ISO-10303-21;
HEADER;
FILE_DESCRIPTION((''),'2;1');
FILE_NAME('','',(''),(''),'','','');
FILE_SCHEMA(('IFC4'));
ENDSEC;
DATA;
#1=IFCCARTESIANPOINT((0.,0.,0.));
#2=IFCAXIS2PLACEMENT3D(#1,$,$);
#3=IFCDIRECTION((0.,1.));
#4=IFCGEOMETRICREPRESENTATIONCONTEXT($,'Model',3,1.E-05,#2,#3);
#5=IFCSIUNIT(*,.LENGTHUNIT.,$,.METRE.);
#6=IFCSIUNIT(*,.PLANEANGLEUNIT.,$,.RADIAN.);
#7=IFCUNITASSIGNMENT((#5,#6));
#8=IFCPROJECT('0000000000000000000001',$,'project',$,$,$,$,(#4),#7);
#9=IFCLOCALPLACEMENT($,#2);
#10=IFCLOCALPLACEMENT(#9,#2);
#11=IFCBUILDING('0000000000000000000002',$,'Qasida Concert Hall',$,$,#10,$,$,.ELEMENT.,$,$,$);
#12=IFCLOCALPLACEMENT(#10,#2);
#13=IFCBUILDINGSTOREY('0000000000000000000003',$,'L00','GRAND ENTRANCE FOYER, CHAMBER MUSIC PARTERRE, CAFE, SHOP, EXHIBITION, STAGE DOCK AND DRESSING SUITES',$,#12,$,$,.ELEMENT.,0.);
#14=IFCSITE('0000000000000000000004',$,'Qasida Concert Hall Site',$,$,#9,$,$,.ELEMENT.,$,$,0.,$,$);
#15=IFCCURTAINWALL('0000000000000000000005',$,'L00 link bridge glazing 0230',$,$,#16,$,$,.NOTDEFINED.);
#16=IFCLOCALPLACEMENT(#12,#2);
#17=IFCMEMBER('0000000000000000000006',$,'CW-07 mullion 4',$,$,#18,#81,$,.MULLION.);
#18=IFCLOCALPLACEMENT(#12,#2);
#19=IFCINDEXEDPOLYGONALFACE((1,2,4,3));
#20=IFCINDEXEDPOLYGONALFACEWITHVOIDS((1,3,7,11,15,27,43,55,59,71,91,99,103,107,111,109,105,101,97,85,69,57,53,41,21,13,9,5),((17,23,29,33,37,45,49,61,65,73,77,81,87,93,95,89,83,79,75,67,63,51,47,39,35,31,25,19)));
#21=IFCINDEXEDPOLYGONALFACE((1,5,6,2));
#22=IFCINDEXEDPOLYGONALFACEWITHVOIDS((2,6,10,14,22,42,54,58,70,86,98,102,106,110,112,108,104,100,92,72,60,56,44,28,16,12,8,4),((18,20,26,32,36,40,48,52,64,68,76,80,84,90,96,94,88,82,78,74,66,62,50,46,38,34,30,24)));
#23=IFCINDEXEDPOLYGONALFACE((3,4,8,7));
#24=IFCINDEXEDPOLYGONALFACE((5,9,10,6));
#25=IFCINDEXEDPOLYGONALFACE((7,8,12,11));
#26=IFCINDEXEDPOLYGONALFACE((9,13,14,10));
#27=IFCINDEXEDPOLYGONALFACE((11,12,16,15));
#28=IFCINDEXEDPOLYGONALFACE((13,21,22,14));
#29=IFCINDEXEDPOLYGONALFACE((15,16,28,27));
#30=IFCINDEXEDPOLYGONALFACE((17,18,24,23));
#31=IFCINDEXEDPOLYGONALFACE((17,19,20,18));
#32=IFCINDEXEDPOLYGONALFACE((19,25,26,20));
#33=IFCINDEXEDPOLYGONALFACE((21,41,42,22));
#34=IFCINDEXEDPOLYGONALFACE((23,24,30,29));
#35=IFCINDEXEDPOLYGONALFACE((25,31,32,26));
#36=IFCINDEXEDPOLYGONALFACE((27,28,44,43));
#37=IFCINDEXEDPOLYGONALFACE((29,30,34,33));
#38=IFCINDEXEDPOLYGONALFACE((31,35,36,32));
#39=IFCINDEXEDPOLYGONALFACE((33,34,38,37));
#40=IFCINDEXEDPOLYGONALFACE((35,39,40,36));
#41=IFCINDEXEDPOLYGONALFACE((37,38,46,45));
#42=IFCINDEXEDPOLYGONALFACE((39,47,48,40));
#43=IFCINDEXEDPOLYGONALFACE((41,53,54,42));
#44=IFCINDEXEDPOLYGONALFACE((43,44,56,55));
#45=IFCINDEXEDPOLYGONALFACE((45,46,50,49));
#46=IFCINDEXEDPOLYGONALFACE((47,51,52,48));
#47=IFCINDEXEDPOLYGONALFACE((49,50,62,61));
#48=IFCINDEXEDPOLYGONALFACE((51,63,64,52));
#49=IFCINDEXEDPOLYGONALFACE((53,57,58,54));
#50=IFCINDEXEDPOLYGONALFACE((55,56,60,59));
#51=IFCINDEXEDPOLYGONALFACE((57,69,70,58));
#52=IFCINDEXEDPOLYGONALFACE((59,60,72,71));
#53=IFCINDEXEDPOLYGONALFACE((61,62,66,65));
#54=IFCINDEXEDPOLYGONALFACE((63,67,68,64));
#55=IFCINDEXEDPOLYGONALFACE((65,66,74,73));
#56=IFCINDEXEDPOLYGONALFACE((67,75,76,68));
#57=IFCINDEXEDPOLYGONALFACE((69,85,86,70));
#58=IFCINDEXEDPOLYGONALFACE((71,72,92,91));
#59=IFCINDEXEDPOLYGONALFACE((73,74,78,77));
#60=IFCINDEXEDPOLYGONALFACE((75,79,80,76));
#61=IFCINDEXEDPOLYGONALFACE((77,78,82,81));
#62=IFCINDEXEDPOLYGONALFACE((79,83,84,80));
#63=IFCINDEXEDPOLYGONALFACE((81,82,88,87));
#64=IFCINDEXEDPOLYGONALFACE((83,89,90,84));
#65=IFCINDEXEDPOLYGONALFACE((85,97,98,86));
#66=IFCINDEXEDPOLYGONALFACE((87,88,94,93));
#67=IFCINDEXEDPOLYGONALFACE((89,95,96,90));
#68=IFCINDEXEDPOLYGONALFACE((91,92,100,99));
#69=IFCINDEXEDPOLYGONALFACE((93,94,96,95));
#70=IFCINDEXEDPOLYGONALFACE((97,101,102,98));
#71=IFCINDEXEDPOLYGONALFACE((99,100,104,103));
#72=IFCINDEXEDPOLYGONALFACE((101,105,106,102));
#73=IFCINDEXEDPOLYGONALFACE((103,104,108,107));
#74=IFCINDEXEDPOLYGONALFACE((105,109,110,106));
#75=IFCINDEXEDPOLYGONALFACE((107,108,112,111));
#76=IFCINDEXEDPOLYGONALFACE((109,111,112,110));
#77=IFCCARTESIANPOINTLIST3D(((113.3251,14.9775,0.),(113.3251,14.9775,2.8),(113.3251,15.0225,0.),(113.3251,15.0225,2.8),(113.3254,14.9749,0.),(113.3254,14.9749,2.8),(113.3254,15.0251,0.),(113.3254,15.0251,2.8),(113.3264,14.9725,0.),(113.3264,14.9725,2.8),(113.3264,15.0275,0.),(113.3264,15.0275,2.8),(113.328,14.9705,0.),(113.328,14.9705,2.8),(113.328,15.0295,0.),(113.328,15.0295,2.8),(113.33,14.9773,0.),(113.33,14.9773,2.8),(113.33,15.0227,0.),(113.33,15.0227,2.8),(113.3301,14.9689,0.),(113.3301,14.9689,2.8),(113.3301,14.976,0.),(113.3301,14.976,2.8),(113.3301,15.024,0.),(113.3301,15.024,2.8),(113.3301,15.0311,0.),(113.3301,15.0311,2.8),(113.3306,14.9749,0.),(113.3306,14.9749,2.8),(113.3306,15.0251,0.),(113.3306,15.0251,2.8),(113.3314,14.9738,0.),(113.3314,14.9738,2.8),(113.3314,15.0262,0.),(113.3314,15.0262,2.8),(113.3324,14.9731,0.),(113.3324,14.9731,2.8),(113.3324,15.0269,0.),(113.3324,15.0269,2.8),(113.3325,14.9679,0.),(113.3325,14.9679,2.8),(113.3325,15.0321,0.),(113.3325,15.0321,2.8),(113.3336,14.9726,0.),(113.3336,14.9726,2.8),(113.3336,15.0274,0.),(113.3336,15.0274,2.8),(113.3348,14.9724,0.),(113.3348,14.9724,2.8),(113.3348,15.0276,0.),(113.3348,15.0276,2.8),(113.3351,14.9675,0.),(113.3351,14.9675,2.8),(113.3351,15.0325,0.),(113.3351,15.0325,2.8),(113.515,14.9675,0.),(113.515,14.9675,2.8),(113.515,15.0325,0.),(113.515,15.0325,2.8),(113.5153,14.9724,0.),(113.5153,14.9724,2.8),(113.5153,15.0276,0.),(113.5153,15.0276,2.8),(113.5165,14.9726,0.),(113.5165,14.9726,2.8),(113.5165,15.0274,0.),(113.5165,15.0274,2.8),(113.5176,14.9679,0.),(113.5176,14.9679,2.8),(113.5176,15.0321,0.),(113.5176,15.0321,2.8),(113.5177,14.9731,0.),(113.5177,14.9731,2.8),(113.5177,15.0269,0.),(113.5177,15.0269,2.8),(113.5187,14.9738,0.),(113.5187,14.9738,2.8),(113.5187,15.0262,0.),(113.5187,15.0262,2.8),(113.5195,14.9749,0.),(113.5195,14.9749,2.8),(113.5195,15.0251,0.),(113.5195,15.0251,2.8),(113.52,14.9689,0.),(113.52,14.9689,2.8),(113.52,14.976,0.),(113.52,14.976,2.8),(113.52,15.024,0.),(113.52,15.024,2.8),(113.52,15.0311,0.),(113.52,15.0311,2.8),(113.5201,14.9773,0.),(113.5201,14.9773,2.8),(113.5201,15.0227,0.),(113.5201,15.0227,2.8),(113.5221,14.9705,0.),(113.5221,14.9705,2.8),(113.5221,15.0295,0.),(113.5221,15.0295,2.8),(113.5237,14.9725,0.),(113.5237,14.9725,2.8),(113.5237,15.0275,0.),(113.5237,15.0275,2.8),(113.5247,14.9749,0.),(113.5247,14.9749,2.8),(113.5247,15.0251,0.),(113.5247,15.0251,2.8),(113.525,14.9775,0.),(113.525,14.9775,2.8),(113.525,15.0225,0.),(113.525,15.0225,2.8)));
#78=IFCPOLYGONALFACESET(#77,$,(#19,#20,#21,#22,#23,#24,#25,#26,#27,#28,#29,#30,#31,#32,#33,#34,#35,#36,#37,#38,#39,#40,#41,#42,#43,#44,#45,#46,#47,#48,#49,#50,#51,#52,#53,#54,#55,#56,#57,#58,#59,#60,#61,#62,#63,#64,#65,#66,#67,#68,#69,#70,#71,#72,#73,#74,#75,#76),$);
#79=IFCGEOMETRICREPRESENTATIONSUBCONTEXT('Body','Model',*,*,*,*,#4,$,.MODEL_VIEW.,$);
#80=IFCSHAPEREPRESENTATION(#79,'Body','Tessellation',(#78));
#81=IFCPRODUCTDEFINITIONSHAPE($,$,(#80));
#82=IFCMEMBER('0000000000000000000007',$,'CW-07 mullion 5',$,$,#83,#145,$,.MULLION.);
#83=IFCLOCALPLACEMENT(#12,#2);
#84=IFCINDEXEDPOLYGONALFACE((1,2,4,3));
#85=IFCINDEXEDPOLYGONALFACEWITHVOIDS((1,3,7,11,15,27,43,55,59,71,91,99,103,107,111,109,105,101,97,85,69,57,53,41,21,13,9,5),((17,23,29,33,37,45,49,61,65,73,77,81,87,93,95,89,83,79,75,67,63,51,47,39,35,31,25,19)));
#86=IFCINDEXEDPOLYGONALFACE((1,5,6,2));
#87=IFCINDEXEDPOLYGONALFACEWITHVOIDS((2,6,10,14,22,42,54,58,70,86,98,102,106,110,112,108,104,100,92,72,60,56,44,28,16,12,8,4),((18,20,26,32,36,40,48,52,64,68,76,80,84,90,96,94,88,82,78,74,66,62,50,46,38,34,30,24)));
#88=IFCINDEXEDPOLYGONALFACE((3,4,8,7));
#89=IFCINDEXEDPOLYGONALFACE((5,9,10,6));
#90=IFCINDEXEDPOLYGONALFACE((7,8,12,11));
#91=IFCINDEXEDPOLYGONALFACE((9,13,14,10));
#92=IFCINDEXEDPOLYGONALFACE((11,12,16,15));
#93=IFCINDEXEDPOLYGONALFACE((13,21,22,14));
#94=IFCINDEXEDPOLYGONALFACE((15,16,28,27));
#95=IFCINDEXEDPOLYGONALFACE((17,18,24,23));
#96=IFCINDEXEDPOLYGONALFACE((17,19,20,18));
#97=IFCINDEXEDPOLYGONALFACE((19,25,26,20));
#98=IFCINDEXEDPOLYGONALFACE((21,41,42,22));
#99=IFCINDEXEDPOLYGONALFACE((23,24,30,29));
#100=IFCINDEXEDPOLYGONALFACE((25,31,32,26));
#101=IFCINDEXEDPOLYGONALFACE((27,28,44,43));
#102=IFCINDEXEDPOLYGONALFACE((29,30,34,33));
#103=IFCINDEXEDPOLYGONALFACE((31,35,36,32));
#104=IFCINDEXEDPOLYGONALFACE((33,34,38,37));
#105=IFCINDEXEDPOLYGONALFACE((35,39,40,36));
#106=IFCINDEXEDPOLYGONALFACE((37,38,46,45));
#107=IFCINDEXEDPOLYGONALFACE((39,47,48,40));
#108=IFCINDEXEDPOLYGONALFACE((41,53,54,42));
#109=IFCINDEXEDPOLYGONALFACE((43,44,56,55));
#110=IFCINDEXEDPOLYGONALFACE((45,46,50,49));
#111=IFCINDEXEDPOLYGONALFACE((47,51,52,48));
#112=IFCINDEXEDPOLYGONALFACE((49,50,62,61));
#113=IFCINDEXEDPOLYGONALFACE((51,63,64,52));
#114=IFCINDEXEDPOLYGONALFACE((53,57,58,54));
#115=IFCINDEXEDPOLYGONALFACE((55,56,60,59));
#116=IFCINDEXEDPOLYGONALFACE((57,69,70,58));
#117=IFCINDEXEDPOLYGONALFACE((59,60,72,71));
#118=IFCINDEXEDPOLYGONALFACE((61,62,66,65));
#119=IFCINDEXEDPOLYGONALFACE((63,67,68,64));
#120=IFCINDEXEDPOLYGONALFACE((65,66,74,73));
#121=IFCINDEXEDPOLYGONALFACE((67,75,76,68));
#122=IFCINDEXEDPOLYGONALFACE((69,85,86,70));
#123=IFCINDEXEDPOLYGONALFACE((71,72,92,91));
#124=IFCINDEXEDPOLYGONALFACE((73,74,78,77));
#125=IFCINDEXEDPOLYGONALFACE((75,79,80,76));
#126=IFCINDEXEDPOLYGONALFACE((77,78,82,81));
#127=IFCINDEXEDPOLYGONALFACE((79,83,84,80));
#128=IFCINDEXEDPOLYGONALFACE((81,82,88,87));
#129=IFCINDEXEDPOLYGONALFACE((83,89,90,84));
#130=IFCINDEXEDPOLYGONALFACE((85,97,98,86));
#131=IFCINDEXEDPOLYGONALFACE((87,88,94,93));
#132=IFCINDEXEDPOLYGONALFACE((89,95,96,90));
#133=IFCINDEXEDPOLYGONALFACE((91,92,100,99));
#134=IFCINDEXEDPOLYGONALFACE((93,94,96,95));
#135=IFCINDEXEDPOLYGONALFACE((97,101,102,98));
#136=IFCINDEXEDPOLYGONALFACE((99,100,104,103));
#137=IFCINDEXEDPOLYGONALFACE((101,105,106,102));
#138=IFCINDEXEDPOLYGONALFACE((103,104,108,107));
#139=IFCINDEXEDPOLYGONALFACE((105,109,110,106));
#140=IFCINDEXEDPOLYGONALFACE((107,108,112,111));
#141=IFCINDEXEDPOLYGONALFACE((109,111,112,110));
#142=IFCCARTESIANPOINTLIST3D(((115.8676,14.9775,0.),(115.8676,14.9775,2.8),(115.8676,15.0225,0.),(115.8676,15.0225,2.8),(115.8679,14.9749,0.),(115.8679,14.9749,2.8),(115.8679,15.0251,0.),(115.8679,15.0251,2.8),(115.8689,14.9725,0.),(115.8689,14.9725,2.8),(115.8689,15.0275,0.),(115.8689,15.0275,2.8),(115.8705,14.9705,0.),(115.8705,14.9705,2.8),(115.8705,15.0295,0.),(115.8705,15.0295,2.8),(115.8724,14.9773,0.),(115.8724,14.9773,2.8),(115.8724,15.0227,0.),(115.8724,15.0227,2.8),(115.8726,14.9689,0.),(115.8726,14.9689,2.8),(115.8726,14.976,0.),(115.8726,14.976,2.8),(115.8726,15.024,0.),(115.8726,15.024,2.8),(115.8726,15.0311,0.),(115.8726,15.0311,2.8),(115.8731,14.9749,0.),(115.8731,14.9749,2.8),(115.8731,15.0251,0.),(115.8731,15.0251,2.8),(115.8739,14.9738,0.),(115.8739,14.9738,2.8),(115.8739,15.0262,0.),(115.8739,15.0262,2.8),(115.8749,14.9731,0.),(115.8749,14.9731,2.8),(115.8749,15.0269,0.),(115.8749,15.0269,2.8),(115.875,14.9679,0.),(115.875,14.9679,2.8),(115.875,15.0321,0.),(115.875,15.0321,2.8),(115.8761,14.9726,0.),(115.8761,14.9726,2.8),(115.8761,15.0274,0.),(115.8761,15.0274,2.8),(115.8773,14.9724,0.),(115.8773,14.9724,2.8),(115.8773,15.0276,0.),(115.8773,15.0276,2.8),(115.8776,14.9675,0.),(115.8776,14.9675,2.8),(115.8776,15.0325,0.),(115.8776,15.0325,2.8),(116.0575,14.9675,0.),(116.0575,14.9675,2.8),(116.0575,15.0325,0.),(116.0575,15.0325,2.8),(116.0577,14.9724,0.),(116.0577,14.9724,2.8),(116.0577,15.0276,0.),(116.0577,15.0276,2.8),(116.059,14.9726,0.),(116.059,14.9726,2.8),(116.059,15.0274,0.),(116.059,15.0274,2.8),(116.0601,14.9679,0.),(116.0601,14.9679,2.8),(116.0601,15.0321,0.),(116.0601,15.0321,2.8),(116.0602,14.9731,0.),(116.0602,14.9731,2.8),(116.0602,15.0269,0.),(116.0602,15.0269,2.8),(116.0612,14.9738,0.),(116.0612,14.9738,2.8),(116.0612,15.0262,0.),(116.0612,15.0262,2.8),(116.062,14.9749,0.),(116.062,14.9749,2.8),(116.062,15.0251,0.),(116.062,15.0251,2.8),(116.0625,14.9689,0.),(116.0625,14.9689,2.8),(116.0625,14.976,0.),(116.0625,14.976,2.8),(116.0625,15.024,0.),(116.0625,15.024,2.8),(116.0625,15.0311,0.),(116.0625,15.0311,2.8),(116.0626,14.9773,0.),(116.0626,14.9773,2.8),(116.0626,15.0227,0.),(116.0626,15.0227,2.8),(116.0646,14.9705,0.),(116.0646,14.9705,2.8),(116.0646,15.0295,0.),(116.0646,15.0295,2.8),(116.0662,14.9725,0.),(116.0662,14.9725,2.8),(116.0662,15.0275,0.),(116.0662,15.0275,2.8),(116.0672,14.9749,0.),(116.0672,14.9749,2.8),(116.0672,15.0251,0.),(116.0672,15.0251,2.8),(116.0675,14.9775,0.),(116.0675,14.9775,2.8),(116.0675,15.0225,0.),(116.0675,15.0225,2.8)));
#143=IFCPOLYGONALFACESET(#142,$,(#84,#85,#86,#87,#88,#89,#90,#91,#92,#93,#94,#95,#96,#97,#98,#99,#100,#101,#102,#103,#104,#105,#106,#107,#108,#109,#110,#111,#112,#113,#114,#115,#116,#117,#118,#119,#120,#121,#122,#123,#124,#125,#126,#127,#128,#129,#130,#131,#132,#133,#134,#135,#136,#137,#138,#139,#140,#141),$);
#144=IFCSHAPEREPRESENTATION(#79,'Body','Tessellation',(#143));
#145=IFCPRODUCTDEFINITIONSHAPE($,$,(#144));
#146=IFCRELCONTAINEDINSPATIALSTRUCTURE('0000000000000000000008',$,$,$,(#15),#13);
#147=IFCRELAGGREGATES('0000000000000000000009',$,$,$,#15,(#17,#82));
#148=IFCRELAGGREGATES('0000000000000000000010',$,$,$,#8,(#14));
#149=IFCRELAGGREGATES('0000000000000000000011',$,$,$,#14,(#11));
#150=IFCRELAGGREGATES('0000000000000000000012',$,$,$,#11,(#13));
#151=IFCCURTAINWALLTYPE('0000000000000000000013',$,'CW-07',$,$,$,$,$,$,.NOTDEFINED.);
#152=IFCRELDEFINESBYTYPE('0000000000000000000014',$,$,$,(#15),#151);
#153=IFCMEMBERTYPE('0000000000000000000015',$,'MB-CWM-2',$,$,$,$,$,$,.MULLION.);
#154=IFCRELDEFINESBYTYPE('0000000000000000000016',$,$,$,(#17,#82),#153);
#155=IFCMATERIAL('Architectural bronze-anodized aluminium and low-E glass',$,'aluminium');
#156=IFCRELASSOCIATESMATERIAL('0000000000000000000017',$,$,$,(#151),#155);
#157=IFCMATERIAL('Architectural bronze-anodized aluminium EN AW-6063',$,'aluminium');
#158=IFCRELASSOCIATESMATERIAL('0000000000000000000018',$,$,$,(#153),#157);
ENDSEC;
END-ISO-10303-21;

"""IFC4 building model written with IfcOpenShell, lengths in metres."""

from ifc_helpers import new_model, si_unit, direction, frame, origin, origin_2d, place, context, subcontext, project, spatial, hollow_rectangle, extrude, material, material_profile, profile_set, type_object, element, aggregate, save


model = new_model("IFC4")

# Units and contexts
model_context = context("Model", 3, precision=1e-05, world=origin(), true_north=direction((0.0, 1.0)))
body_context = subcontext(model_context, "Body", "Model", "MODEL_VIEW")
ifc_project = project(units=[si_unit("LENGTHUNIT", "METRE"), si_unit("PLANEANGLEUNIT", "RADIAN")], contexts=[model_context])

# Site, building, storey
site_placement = place(None, origin())
site = spatial("IfcSite", under=ifc_project, at=site_placement, Name="Qasida Concert Hall Site", CompositionType="ELEMENT", RefElevation=0.0)
building_placement = place(site_placement, origin())
building = spatial("IfcBuilding", under=site, at=building_placement, Name="Qasida Concert Hall", CompositionType="ELEMENT")
storey_placement = place(building_placement, origin())
storey = spatial("IfcBuildingStorey", under=building, at=storey_placement, Name="L00", Description="GRAND ENTRANCE FOYER, CHAMBER MUSIC PARTERRE, CAFE, SHOP, EXHIBITION, STAGE DOCK AND DRESSING SUITES", CompositionType="ELEMENT", Elevation=0.0)

# Curtain wall, members
ifc_material_1 = material(Name="Architectural bronze-anodized aluminium and low-E glass", Category="aluminium")
curtain_wall_type = type_object("IfcCurtainWallType", Name="CW-07", PredefinedType="NOTDEFINED", material=ifc_material_1)
curtain_wall_1_placement = place(storey_placement, origin())
curtain_wall_1 = element("IfcCurtainWall", 1, at=curtain_wall_1_placement, inside=storey, type_object=curtain_wall_type, Name="L00 link bridge glazing 0230", PredefinedType="NOTDEFINED")
ifc_material_2 = material(Name="Architectural bronze-anodized aluminium EN AW-6063", Category="aluminium")
ifc_material_profile_1 = material_profile(ifc_material_2, hollow_rectangle(XDim=0.0649, YDim=0.2, WallThickness=0.0049, InnerFilletRadius=0.0049, OuterFilletRadius=0.01, at=origin_2d()), Name="CWM 200x65x5")
ifc_profile_set_1 = profile_set([ifc_material_profile_1], Name="Architectural bronze-anodized aluminium EN AW-6063")
member_type_1 = type_object("IfcMemberType", Name="MB-CWM-2", PredefinedType="MULLION", material=ifc_profile_set_1)
member_1_placement = place(storey_placement, frame((113.425, 15.0, 0.0), z_axis=(0.0, 0.0, 1.0), x_axis=(0.0, 1.0, 0.0)))
member_1 = element("IfcMember", 2, at=member_1_placement, type_object=member_type_1, Name="CW-07 mullion 4", PredefinedType="MULLION", context=body_context, shape_type="SweptSolid", body=[
    extrude(hollow_rectangle(XDim=0.0649, YDim=0.2, WallThickness=0.0049, InnerFilletRadius=0.0049, OuterFilletRadius=0.01, at=origin_2d()), origin(), (0.0, 0.0, 1.0), 2.8),
])
member_2_placement = place(storey_placement, frame((115.9675, 15.0, 0.0), z_axis=(0.0, 0.0, 1.0), x_axis=(0.0, 1.0, 0.0)))
member_2 = element("IfcMember", 3, at=member_2_placement, type_object=member_type_1, Name="CW-07 mullion 5", PredefinedType="MULLION", context=body_context, shape_type="SweptSolid", body=[
    extrude(hollow_rectangle(XDim=0.0649, YDim=0.2, WallThickness=0.0049, InnerFilletRadius=0.0049, OuterFilletRadius=0.01, at=origin_2d()), origin(), (0.0, 0.0, 1.0), 2.8),
])

aggregate(curtain_wall_1, [member_1, member_2])

save(model, "model.ifc")
